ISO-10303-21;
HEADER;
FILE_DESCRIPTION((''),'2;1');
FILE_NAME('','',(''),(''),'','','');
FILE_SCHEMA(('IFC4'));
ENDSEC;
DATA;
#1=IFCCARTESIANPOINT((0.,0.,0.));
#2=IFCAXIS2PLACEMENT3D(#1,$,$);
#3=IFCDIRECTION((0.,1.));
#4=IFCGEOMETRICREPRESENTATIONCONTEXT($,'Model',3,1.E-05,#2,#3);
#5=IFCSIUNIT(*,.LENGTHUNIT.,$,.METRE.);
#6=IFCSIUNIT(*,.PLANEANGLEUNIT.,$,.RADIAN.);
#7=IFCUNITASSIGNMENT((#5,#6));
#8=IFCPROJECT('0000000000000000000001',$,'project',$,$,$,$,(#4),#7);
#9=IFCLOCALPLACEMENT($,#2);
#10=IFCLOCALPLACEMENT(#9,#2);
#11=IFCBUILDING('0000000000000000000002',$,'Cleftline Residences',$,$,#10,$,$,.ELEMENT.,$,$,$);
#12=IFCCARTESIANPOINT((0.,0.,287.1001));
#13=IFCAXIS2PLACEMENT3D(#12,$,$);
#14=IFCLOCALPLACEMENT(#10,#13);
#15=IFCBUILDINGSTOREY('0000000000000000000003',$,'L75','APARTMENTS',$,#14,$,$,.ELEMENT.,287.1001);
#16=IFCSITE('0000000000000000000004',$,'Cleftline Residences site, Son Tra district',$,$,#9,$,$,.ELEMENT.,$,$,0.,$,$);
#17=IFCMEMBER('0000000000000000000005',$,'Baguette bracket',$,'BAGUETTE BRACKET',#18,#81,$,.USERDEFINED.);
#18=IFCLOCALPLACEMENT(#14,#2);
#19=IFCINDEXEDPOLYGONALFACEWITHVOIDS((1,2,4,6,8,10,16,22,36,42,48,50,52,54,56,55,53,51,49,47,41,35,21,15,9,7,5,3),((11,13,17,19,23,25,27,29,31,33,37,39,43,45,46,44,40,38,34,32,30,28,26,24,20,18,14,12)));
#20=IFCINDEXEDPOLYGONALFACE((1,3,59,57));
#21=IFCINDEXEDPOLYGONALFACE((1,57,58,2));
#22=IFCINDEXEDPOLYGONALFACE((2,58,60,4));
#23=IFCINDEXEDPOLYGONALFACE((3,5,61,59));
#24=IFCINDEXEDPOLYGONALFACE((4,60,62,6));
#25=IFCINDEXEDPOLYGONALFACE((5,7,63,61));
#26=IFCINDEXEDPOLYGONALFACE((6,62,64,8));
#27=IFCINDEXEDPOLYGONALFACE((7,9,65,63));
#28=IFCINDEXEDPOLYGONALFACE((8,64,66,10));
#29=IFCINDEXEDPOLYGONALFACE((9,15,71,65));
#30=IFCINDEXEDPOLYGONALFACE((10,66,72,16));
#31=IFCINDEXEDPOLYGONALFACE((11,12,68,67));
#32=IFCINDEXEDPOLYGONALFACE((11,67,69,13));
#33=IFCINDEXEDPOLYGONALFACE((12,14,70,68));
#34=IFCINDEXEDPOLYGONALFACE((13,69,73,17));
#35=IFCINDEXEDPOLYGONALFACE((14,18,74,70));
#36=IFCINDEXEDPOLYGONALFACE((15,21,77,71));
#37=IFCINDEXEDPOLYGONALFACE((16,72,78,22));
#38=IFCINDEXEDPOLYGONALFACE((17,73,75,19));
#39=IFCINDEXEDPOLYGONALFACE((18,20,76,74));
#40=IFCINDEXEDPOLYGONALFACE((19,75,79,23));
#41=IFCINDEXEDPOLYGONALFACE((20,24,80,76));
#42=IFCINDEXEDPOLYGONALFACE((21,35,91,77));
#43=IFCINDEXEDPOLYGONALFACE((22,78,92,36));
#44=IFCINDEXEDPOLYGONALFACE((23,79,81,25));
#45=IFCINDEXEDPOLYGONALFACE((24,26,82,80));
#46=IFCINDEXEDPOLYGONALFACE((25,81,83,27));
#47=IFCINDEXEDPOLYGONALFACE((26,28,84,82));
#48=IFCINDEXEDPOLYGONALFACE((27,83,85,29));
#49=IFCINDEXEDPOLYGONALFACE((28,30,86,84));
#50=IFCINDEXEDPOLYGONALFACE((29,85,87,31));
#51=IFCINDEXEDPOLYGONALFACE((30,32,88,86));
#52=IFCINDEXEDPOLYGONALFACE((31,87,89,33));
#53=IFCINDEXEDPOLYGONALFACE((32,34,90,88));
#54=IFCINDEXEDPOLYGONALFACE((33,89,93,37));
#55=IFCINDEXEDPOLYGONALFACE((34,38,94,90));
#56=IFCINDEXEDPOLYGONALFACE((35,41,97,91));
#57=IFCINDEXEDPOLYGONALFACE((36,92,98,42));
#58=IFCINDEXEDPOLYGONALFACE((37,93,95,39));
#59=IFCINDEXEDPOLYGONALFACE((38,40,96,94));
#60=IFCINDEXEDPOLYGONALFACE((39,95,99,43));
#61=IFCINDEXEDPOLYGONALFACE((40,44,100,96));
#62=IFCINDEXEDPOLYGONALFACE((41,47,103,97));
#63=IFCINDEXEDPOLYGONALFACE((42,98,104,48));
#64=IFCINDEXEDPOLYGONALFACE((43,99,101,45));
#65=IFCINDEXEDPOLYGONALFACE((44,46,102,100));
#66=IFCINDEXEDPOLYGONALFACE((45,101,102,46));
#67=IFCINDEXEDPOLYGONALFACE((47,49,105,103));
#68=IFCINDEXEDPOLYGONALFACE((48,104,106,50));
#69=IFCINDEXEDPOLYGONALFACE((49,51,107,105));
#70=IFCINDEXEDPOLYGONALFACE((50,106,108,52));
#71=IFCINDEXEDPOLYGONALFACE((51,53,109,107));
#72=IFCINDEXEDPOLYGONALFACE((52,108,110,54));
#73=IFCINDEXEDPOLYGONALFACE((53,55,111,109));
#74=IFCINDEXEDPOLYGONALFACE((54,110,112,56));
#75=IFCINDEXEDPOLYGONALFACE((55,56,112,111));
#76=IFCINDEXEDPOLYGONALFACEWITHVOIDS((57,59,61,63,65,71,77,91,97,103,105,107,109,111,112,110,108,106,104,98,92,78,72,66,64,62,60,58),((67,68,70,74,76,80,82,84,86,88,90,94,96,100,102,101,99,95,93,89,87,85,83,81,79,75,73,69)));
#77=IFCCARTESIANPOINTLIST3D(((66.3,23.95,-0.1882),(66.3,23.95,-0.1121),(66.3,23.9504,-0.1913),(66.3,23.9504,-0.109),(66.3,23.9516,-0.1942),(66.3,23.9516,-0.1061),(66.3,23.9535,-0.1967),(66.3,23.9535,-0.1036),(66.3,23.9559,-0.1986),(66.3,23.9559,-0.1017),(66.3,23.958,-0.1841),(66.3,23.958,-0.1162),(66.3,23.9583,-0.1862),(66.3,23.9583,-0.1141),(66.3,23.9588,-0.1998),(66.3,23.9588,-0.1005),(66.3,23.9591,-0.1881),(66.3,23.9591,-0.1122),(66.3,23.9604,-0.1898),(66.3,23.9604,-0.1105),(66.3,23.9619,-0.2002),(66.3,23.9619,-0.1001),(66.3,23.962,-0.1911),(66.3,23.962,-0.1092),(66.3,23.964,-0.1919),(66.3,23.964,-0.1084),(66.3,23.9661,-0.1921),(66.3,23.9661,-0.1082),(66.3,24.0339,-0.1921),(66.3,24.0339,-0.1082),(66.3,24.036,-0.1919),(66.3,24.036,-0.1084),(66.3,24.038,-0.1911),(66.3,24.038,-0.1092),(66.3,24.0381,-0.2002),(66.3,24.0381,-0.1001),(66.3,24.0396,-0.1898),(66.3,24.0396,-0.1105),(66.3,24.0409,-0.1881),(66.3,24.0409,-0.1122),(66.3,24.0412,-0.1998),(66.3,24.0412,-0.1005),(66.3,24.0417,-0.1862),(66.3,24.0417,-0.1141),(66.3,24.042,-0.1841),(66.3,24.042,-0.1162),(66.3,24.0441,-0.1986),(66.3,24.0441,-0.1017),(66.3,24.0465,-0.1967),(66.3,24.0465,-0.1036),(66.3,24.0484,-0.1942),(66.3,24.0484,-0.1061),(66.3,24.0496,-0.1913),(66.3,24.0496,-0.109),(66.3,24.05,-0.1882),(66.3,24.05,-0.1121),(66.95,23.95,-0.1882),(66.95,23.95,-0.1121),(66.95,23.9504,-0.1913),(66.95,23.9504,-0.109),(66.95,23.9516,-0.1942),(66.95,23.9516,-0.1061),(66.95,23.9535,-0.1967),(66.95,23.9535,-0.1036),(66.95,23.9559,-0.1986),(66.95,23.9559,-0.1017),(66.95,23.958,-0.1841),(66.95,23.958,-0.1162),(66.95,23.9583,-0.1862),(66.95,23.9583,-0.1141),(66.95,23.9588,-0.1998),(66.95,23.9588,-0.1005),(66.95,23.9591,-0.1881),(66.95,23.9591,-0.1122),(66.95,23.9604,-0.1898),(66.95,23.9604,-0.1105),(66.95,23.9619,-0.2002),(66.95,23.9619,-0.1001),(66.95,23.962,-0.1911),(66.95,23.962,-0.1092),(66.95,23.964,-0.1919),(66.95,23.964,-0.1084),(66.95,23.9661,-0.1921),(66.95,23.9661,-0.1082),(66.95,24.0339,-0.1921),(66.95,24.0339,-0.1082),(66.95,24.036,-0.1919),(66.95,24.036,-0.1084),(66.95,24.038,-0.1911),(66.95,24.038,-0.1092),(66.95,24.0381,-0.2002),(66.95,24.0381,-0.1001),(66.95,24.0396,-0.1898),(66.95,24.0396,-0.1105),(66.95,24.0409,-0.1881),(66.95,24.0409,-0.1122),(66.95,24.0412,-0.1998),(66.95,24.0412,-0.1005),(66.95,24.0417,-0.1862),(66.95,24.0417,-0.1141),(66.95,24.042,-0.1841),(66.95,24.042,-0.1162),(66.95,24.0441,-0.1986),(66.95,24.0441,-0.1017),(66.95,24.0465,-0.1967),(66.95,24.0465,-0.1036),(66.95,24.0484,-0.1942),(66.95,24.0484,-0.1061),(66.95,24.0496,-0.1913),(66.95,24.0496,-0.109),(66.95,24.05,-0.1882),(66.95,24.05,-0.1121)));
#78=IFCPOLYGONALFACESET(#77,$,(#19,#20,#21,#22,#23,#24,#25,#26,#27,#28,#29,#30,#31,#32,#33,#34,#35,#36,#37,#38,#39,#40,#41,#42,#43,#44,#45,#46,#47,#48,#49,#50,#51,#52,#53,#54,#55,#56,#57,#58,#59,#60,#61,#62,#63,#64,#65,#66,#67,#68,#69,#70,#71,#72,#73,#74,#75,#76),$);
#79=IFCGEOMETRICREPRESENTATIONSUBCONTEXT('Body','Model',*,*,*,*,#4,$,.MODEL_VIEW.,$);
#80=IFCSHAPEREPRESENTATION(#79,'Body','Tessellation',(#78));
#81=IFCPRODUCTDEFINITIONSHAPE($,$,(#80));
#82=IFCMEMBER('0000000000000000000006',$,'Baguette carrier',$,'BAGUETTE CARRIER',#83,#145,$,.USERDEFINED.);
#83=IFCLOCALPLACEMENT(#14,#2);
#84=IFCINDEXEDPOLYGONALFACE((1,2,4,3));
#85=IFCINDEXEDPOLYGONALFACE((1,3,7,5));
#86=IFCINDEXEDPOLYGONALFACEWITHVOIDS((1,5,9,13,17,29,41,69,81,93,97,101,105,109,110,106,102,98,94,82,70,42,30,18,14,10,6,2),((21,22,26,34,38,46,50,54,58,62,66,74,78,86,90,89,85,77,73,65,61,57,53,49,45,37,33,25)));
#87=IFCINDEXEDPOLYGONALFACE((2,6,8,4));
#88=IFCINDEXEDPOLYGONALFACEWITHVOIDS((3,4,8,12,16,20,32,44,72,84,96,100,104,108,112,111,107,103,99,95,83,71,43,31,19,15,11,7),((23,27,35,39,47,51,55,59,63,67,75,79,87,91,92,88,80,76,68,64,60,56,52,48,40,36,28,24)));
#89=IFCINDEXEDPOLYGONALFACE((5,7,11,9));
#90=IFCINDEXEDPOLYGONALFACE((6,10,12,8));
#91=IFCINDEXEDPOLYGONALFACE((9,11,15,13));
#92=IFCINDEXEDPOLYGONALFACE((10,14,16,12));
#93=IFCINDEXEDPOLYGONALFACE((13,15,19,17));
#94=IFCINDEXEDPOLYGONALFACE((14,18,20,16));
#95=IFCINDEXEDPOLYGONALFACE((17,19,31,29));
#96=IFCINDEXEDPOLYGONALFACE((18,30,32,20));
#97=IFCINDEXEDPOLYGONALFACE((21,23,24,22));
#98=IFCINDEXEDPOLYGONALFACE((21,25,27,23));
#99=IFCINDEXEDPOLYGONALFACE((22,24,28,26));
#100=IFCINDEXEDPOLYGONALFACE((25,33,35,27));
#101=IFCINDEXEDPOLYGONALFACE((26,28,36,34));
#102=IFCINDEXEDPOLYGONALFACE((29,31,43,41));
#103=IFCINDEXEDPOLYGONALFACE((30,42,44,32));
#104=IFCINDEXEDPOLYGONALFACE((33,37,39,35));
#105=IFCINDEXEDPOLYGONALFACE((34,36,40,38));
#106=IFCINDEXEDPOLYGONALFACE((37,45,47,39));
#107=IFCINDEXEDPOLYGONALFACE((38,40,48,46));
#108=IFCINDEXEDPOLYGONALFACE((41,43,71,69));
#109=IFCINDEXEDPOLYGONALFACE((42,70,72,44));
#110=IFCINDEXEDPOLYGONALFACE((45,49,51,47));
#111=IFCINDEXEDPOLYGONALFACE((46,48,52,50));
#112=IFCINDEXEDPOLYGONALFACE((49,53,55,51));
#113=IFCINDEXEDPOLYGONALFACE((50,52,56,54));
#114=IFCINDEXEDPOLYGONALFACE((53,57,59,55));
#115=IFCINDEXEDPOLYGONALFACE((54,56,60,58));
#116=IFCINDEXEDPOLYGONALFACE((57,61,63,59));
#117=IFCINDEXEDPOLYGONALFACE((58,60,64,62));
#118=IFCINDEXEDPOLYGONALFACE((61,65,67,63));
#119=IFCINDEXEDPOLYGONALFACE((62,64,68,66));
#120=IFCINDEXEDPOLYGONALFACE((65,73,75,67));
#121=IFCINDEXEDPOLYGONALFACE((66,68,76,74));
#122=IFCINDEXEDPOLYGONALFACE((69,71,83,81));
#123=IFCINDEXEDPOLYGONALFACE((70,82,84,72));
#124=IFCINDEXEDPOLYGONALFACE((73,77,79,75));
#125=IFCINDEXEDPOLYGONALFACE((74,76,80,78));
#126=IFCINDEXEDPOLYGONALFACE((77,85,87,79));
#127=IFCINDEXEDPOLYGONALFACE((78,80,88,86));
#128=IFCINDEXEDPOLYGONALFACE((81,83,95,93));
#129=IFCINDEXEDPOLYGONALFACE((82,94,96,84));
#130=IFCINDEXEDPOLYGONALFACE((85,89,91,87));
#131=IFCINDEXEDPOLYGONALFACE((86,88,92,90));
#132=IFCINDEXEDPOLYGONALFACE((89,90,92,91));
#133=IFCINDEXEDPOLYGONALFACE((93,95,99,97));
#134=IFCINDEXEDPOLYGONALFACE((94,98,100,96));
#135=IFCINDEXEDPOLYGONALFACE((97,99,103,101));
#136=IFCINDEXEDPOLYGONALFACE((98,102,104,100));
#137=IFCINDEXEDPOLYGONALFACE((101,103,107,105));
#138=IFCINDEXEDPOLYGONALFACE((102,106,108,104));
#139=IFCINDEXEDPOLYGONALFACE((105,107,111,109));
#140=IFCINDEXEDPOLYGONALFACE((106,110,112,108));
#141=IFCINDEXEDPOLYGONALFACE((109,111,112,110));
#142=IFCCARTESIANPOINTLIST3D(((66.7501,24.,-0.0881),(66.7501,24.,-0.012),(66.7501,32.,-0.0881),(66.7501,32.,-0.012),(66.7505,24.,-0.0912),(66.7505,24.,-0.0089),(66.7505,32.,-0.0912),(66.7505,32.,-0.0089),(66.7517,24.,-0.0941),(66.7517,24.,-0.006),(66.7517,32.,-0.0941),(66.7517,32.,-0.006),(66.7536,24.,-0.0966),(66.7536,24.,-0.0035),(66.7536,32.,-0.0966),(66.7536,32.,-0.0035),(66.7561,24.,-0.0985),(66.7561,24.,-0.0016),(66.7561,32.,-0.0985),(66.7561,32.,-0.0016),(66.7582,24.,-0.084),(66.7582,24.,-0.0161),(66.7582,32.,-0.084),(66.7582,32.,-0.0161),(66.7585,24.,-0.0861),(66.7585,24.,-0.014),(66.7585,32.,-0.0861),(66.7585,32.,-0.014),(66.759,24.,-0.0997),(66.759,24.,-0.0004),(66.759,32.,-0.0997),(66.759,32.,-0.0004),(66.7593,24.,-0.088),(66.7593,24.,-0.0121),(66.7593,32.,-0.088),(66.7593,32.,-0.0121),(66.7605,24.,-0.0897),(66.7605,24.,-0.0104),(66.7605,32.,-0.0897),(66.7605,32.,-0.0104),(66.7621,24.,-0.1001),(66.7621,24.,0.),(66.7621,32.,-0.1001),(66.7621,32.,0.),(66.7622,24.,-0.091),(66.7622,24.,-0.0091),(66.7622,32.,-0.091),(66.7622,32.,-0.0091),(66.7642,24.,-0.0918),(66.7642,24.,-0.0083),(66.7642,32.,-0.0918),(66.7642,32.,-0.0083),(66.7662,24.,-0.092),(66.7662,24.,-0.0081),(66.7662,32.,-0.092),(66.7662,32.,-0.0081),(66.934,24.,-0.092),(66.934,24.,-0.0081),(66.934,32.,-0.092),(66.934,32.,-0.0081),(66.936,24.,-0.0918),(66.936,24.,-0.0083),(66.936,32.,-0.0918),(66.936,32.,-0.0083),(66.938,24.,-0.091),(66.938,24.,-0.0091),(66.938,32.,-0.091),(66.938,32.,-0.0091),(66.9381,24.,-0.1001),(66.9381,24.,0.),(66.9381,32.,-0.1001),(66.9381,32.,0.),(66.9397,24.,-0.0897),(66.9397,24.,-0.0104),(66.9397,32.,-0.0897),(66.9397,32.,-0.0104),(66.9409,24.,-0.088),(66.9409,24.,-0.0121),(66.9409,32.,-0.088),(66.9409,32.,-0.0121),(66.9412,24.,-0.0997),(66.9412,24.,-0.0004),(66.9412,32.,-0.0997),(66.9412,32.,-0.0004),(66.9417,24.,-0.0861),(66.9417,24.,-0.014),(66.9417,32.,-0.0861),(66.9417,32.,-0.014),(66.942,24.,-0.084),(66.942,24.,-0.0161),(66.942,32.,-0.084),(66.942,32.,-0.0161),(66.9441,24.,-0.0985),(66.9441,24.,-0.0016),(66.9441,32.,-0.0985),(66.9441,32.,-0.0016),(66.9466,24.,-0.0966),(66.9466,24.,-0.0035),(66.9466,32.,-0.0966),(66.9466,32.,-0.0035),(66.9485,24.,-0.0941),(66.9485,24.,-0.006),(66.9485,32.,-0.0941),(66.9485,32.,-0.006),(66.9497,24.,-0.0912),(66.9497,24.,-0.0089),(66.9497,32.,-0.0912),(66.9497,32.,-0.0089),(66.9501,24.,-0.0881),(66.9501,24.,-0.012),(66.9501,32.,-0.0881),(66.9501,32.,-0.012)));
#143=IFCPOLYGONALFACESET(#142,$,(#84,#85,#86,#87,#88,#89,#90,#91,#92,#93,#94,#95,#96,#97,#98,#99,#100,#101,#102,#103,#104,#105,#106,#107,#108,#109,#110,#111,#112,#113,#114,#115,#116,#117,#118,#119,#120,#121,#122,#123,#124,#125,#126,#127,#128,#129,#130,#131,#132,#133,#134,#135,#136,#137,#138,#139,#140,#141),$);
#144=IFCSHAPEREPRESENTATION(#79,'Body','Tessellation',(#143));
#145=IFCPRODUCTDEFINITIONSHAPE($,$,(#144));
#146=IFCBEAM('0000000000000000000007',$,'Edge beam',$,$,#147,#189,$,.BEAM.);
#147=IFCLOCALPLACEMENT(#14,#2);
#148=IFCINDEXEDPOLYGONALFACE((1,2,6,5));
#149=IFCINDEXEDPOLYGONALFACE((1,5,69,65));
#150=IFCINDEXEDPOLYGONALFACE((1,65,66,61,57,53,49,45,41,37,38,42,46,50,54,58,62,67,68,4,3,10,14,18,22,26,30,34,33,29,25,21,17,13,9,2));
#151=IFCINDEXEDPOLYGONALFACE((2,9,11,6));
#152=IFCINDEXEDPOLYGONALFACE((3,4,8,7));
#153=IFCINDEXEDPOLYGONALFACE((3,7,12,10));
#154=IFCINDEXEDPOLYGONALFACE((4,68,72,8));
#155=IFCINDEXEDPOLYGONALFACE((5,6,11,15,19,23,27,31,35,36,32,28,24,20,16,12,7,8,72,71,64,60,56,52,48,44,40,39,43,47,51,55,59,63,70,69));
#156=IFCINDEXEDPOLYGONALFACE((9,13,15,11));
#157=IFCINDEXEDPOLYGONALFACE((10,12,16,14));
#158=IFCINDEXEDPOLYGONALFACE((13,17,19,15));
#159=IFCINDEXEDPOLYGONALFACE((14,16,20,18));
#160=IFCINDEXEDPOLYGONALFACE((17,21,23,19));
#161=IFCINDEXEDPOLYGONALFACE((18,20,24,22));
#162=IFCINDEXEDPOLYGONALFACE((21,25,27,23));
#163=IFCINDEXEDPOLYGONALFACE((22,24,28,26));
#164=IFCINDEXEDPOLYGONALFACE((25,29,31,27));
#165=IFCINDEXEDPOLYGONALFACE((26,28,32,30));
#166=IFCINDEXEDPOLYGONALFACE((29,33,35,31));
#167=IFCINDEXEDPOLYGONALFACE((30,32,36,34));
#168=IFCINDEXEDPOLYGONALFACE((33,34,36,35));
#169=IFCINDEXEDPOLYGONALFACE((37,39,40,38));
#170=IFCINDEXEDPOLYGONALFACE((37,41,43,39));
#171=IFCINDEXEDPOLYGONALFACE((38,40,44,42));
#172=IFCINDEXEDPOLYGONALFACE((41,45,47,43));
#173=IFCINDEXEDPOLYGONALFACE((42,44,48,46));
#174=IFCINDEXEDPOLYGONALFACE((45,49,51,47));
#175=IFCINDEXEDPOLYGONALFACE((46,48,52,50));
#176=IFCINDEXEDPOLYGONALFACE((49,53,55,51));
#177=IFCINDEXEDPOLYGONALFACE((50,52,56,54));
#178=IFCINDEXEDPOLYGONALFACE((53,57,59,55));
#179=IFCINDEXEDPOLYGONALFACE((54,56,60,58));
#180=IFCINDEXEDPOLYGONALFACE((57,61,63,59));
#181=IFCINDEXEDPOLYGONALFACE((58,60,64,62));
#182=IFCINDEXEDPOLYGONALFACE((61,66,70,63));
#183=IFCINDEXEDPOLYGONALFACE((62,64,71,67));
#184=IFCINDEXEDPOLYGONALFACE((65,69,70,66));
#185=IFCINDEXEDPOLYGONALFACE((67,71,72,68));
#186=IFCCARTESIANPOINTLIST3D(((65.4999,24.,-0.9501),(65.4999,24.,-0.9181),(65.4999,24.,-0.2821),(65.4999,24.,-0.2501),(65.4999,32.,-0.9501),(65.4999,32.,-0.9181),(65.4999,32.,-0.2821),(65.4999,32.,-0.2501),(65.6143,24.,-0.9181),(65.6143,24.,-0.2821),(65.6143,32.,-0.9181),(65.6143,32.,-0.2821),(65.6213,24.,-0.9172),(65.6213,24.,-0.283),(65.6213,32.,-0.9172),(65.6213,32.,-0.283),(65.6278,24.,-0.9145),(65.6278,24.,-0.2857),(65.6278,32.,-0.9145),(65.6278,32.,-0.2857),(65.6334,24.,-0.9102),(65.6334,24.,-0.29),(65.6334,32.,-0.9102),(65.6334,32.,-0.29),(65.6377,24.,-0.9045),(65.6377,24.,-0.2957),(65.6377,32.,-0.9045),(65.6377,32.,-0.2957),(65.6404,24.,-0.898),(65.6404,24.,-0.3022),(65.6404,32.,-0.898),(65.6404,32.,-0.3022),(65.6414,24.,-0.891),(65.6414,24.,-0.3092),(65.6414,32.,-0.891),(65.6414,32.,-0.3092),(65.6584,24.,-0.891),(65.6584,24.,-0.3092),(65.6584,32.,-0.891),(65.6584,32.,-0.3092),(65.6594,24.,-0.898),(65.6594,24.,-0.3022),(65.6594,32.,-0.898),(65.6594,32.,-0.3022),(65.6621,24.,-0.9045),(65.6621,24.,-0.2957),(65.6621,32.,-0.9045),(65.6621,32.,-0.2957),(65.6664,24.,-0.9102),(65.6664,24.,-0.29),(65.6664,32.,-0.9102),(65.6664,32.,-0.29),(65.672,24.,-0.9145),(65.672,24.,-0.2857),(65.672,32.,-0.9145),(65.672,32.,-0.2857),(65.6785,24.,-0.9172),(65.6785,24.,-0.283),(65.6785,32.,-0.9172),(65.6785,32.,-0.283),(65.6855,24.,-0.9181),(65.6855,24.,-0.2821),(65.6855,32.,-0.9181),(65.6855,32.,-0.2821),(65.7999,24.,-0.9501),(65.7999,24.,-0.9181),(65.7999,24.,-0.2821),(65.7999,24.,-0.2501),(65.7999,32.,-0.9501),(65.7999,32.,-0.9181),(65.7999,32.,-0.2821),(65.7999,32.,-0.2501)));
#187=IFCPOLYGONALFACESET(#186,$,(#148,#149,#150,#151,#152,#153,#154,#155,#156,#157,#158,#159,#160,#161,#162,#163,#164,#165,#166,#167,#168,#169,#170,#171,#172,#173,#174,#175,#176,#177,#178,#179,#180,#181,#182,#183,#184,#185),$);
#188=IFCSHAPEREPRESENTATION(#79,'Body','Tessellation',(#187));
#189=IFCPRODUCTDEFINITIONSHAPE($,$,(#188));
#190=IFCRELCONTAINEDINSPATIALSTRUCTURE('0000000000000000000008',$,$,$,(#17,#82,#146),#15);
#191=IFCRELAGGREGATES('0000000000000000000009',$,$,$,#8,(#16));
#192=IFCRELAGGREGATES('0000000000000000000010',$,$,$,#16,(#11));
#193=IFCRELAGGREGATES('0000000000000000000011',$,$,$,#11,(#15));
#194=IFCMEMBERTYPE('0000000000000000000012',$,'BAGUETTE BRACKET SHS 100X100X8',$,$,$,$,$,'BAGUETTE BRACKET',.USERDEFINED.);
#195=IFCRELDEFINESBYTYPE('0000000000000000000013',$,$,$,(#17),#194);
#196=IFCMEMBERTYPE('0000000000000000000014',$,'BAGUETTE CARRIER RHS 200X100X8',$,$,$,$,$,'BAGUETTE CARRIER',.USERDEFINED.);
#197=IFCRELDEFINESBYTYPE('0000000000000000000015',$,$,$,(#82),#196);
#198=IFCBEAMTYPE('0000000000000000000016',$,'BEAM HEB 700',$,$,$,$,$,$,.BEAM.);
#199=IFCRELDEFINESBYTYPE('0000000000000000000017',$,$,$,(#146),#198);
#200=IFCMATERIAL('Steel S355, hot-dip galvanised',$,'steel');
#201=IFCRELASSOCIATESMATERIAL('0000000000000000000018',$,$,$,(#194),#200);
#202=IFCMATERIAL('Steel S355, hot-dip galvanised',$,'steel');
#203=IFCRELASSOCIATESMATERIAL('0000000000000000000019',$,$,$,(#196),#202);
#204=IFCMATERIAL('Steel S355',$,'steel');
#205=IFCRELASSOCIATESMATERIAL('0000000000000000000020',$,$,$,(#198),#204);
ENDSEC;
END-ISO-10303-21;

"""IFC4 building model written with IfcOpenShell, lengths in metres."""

from ifc_helpers import new_model, si_unit, direction, frame, origin, origin_2d, place, context, subcontext, project, spatial, hollow_rectangle, i_section, extrude, material, material_profile, profile_set, type_object, element, save


model = new_model("IFC4")

# Units and contexts
model_context = context("Model", 3, precision=1e-05, world=origin(), true_north=direction((0.0, 1.0)))
body_context = subcontext(model_context, "Body", "Model", "MODEL_VIEW")
ifc_project = project(units=[si_unit("LENGTHUNIT", "METRE"), si_unit("PLANEANGLEUNIT", "RADIAN")], contexts=[model_context])

# Site, building, storey
site_placement = place(None, origin())
site = spatial("IfcSite", under=ifc_project, at=site_placement, Name="Cleftline Residences site, Son Tra district", CompositionType="ELEMENT", RefElevation=0.0)
building_placement = place(site_placement, origin())
building = spatial("IfcBuilding", under=site, at=building_placement, Name="Cleftline Residences", CompositionType="ELEMENT")
storey_placement = place(building_placement, frame((0.0, 0.0, 287.1001)))
storey = spatial("IfcBuildingStorey", under=building, at=storey_placement, Name="L75", Description="APARTMENTS", CompositionType="ELEMENT", Elevation=287.1001)

# Members
ifc_material_1 = material(Name="Steel S355, hot-dip galvanised", Category="steel")
ifc_material_profile_1 = material_profile(ifc_material_1, hollow_rectangle(XDim=0.1001, YDim=0.1001, WallThickness=0.0081, InnerFilletRadius=0.0081, OuterFilletRadius=0.012, at=origin_2d()))
ifc_profile_set_1 = profile_set([ifc_material_profile_1], Name="Steel S355, hot-dip galvanised")
member_type_1 = type_object("IfcMemberType", Name="BAGUETTE BRACKET SHS 100X100X8", ElementType="BAGUETTE BRACKET", PredefinedType="USERDEFINED", material=ifc_profile_set_1)
member_1_placement = place(storey_placement, frame((66.3, 24.0, -0.1501), z_axis=(1.0, 0.0, 0.0), x_axis=(0.0, 1.0, 0.0)))
element("IfcMember", 1, at=member_1_placement, inside=storey, type_object=member_type_1, Name="Baguette bracket", ObjectType="BAGUETTE BRACKET", PredefinedType="USERDEFINED", context=body_context, shape_type="SweptSolid", body=[
    extrude(hollow_rectangle(XDim=0.1001, YDim=0.1001, WallThickness=0.0081, InnerFilletRadius=0.0081, OuterFilletRadius=0.012, at=origin_2d()), origin(), (0.0, 0.0, 1.0), 0.6499),
])
ifc_material_2 = material(Name="Steel S355, hot-dip galvanised", Category="steel")
ifc_material_profile_2 = material_profile(ifc_material_2, hollow_rectangle(XDim=0.1001, YDim=0.2, WallThickness=0.0081, InnerFilletRadius=0.0081, OuterFilletRadius=0.012, at=origin_2d()))
ifc_profile_set_2 = profile_set([ifc_material_profile_2], Name="Steel S355, hot-dip galvanised")
member_type_2 = type_object("IfcMemberType", Name="BAGUETTE CARRIER RHS 200X100X8", ElementType="BAGUETTE CARRIER", PredefinedType="USERDEFINED", material=ifc_profile_set_2)
member_2_placement = place(storey_placement, frame((66.8501, 24.0, -0.05), z_axis=(0.0, 1.0, 0.0), x_axis=(0.0, 0.0, 1.0)))
element("IfcMember", 2, at=member_2_placement, inside=storey, type_object=member_type_2, Name="Baguette carrier", ObjectType="BAGUETTE CARRIER", PredefinedType="USERDEFINED", context=body_context, shape_type="SweptSolid", body=[
    extrude(hollow_rectangle(XDim=0.1001, YDim=0.2, WallThickness=0.0081, InnerFilletRadius=0.0081, OuterFilletRadius=0.012, at=origin_2d()), origin(), (0.0, 0.0, 1.0), 8.0),
])

# Beam
ifc_material_3 = material(Name="Steel S355", Category="steel")
ifc_material_profile_3 = material_profile(ifc_material_3, i_section(OverallWidth=0.3, OverallDepth=0.7, WebThickness=0.0171, FlangeThickness=0.032, FilletRadius=0.0271, at=origin_2d()))
ifc_profile_set_3 = profile_set([ifc_material_profile_3], Name="Steel S355")
beam_type = type_object("IfcBeamType", Name="BEAM HEB 700", PredefinedType="BEAM", material=ifc_profile_set_3)
beam_placement = place(storey_placement, frame((65.6499, 24.0, -0.6001), z_axis=(0.0, 1.0, 0.0), x_axis=(-1.0, 0.0, 0.0)))
element("IfcBeam", 3, at=beam_placement, inside=storey, type_object=beam_type, Name="Edge beam", PredefinedType="BEAM", context=body_context, shape_type="SweptSolid", body=[
    extrude(i_section(OverallWidth=0.3, OverallDepth=0.7, WebThickness=0.0171, FlangeThickness=0.032, FilletRadius=0.0271, at=origin_2d()), origin(), (0.0, 0.0, 1.0), 8.0),
])

save(model, "model.ifc")
